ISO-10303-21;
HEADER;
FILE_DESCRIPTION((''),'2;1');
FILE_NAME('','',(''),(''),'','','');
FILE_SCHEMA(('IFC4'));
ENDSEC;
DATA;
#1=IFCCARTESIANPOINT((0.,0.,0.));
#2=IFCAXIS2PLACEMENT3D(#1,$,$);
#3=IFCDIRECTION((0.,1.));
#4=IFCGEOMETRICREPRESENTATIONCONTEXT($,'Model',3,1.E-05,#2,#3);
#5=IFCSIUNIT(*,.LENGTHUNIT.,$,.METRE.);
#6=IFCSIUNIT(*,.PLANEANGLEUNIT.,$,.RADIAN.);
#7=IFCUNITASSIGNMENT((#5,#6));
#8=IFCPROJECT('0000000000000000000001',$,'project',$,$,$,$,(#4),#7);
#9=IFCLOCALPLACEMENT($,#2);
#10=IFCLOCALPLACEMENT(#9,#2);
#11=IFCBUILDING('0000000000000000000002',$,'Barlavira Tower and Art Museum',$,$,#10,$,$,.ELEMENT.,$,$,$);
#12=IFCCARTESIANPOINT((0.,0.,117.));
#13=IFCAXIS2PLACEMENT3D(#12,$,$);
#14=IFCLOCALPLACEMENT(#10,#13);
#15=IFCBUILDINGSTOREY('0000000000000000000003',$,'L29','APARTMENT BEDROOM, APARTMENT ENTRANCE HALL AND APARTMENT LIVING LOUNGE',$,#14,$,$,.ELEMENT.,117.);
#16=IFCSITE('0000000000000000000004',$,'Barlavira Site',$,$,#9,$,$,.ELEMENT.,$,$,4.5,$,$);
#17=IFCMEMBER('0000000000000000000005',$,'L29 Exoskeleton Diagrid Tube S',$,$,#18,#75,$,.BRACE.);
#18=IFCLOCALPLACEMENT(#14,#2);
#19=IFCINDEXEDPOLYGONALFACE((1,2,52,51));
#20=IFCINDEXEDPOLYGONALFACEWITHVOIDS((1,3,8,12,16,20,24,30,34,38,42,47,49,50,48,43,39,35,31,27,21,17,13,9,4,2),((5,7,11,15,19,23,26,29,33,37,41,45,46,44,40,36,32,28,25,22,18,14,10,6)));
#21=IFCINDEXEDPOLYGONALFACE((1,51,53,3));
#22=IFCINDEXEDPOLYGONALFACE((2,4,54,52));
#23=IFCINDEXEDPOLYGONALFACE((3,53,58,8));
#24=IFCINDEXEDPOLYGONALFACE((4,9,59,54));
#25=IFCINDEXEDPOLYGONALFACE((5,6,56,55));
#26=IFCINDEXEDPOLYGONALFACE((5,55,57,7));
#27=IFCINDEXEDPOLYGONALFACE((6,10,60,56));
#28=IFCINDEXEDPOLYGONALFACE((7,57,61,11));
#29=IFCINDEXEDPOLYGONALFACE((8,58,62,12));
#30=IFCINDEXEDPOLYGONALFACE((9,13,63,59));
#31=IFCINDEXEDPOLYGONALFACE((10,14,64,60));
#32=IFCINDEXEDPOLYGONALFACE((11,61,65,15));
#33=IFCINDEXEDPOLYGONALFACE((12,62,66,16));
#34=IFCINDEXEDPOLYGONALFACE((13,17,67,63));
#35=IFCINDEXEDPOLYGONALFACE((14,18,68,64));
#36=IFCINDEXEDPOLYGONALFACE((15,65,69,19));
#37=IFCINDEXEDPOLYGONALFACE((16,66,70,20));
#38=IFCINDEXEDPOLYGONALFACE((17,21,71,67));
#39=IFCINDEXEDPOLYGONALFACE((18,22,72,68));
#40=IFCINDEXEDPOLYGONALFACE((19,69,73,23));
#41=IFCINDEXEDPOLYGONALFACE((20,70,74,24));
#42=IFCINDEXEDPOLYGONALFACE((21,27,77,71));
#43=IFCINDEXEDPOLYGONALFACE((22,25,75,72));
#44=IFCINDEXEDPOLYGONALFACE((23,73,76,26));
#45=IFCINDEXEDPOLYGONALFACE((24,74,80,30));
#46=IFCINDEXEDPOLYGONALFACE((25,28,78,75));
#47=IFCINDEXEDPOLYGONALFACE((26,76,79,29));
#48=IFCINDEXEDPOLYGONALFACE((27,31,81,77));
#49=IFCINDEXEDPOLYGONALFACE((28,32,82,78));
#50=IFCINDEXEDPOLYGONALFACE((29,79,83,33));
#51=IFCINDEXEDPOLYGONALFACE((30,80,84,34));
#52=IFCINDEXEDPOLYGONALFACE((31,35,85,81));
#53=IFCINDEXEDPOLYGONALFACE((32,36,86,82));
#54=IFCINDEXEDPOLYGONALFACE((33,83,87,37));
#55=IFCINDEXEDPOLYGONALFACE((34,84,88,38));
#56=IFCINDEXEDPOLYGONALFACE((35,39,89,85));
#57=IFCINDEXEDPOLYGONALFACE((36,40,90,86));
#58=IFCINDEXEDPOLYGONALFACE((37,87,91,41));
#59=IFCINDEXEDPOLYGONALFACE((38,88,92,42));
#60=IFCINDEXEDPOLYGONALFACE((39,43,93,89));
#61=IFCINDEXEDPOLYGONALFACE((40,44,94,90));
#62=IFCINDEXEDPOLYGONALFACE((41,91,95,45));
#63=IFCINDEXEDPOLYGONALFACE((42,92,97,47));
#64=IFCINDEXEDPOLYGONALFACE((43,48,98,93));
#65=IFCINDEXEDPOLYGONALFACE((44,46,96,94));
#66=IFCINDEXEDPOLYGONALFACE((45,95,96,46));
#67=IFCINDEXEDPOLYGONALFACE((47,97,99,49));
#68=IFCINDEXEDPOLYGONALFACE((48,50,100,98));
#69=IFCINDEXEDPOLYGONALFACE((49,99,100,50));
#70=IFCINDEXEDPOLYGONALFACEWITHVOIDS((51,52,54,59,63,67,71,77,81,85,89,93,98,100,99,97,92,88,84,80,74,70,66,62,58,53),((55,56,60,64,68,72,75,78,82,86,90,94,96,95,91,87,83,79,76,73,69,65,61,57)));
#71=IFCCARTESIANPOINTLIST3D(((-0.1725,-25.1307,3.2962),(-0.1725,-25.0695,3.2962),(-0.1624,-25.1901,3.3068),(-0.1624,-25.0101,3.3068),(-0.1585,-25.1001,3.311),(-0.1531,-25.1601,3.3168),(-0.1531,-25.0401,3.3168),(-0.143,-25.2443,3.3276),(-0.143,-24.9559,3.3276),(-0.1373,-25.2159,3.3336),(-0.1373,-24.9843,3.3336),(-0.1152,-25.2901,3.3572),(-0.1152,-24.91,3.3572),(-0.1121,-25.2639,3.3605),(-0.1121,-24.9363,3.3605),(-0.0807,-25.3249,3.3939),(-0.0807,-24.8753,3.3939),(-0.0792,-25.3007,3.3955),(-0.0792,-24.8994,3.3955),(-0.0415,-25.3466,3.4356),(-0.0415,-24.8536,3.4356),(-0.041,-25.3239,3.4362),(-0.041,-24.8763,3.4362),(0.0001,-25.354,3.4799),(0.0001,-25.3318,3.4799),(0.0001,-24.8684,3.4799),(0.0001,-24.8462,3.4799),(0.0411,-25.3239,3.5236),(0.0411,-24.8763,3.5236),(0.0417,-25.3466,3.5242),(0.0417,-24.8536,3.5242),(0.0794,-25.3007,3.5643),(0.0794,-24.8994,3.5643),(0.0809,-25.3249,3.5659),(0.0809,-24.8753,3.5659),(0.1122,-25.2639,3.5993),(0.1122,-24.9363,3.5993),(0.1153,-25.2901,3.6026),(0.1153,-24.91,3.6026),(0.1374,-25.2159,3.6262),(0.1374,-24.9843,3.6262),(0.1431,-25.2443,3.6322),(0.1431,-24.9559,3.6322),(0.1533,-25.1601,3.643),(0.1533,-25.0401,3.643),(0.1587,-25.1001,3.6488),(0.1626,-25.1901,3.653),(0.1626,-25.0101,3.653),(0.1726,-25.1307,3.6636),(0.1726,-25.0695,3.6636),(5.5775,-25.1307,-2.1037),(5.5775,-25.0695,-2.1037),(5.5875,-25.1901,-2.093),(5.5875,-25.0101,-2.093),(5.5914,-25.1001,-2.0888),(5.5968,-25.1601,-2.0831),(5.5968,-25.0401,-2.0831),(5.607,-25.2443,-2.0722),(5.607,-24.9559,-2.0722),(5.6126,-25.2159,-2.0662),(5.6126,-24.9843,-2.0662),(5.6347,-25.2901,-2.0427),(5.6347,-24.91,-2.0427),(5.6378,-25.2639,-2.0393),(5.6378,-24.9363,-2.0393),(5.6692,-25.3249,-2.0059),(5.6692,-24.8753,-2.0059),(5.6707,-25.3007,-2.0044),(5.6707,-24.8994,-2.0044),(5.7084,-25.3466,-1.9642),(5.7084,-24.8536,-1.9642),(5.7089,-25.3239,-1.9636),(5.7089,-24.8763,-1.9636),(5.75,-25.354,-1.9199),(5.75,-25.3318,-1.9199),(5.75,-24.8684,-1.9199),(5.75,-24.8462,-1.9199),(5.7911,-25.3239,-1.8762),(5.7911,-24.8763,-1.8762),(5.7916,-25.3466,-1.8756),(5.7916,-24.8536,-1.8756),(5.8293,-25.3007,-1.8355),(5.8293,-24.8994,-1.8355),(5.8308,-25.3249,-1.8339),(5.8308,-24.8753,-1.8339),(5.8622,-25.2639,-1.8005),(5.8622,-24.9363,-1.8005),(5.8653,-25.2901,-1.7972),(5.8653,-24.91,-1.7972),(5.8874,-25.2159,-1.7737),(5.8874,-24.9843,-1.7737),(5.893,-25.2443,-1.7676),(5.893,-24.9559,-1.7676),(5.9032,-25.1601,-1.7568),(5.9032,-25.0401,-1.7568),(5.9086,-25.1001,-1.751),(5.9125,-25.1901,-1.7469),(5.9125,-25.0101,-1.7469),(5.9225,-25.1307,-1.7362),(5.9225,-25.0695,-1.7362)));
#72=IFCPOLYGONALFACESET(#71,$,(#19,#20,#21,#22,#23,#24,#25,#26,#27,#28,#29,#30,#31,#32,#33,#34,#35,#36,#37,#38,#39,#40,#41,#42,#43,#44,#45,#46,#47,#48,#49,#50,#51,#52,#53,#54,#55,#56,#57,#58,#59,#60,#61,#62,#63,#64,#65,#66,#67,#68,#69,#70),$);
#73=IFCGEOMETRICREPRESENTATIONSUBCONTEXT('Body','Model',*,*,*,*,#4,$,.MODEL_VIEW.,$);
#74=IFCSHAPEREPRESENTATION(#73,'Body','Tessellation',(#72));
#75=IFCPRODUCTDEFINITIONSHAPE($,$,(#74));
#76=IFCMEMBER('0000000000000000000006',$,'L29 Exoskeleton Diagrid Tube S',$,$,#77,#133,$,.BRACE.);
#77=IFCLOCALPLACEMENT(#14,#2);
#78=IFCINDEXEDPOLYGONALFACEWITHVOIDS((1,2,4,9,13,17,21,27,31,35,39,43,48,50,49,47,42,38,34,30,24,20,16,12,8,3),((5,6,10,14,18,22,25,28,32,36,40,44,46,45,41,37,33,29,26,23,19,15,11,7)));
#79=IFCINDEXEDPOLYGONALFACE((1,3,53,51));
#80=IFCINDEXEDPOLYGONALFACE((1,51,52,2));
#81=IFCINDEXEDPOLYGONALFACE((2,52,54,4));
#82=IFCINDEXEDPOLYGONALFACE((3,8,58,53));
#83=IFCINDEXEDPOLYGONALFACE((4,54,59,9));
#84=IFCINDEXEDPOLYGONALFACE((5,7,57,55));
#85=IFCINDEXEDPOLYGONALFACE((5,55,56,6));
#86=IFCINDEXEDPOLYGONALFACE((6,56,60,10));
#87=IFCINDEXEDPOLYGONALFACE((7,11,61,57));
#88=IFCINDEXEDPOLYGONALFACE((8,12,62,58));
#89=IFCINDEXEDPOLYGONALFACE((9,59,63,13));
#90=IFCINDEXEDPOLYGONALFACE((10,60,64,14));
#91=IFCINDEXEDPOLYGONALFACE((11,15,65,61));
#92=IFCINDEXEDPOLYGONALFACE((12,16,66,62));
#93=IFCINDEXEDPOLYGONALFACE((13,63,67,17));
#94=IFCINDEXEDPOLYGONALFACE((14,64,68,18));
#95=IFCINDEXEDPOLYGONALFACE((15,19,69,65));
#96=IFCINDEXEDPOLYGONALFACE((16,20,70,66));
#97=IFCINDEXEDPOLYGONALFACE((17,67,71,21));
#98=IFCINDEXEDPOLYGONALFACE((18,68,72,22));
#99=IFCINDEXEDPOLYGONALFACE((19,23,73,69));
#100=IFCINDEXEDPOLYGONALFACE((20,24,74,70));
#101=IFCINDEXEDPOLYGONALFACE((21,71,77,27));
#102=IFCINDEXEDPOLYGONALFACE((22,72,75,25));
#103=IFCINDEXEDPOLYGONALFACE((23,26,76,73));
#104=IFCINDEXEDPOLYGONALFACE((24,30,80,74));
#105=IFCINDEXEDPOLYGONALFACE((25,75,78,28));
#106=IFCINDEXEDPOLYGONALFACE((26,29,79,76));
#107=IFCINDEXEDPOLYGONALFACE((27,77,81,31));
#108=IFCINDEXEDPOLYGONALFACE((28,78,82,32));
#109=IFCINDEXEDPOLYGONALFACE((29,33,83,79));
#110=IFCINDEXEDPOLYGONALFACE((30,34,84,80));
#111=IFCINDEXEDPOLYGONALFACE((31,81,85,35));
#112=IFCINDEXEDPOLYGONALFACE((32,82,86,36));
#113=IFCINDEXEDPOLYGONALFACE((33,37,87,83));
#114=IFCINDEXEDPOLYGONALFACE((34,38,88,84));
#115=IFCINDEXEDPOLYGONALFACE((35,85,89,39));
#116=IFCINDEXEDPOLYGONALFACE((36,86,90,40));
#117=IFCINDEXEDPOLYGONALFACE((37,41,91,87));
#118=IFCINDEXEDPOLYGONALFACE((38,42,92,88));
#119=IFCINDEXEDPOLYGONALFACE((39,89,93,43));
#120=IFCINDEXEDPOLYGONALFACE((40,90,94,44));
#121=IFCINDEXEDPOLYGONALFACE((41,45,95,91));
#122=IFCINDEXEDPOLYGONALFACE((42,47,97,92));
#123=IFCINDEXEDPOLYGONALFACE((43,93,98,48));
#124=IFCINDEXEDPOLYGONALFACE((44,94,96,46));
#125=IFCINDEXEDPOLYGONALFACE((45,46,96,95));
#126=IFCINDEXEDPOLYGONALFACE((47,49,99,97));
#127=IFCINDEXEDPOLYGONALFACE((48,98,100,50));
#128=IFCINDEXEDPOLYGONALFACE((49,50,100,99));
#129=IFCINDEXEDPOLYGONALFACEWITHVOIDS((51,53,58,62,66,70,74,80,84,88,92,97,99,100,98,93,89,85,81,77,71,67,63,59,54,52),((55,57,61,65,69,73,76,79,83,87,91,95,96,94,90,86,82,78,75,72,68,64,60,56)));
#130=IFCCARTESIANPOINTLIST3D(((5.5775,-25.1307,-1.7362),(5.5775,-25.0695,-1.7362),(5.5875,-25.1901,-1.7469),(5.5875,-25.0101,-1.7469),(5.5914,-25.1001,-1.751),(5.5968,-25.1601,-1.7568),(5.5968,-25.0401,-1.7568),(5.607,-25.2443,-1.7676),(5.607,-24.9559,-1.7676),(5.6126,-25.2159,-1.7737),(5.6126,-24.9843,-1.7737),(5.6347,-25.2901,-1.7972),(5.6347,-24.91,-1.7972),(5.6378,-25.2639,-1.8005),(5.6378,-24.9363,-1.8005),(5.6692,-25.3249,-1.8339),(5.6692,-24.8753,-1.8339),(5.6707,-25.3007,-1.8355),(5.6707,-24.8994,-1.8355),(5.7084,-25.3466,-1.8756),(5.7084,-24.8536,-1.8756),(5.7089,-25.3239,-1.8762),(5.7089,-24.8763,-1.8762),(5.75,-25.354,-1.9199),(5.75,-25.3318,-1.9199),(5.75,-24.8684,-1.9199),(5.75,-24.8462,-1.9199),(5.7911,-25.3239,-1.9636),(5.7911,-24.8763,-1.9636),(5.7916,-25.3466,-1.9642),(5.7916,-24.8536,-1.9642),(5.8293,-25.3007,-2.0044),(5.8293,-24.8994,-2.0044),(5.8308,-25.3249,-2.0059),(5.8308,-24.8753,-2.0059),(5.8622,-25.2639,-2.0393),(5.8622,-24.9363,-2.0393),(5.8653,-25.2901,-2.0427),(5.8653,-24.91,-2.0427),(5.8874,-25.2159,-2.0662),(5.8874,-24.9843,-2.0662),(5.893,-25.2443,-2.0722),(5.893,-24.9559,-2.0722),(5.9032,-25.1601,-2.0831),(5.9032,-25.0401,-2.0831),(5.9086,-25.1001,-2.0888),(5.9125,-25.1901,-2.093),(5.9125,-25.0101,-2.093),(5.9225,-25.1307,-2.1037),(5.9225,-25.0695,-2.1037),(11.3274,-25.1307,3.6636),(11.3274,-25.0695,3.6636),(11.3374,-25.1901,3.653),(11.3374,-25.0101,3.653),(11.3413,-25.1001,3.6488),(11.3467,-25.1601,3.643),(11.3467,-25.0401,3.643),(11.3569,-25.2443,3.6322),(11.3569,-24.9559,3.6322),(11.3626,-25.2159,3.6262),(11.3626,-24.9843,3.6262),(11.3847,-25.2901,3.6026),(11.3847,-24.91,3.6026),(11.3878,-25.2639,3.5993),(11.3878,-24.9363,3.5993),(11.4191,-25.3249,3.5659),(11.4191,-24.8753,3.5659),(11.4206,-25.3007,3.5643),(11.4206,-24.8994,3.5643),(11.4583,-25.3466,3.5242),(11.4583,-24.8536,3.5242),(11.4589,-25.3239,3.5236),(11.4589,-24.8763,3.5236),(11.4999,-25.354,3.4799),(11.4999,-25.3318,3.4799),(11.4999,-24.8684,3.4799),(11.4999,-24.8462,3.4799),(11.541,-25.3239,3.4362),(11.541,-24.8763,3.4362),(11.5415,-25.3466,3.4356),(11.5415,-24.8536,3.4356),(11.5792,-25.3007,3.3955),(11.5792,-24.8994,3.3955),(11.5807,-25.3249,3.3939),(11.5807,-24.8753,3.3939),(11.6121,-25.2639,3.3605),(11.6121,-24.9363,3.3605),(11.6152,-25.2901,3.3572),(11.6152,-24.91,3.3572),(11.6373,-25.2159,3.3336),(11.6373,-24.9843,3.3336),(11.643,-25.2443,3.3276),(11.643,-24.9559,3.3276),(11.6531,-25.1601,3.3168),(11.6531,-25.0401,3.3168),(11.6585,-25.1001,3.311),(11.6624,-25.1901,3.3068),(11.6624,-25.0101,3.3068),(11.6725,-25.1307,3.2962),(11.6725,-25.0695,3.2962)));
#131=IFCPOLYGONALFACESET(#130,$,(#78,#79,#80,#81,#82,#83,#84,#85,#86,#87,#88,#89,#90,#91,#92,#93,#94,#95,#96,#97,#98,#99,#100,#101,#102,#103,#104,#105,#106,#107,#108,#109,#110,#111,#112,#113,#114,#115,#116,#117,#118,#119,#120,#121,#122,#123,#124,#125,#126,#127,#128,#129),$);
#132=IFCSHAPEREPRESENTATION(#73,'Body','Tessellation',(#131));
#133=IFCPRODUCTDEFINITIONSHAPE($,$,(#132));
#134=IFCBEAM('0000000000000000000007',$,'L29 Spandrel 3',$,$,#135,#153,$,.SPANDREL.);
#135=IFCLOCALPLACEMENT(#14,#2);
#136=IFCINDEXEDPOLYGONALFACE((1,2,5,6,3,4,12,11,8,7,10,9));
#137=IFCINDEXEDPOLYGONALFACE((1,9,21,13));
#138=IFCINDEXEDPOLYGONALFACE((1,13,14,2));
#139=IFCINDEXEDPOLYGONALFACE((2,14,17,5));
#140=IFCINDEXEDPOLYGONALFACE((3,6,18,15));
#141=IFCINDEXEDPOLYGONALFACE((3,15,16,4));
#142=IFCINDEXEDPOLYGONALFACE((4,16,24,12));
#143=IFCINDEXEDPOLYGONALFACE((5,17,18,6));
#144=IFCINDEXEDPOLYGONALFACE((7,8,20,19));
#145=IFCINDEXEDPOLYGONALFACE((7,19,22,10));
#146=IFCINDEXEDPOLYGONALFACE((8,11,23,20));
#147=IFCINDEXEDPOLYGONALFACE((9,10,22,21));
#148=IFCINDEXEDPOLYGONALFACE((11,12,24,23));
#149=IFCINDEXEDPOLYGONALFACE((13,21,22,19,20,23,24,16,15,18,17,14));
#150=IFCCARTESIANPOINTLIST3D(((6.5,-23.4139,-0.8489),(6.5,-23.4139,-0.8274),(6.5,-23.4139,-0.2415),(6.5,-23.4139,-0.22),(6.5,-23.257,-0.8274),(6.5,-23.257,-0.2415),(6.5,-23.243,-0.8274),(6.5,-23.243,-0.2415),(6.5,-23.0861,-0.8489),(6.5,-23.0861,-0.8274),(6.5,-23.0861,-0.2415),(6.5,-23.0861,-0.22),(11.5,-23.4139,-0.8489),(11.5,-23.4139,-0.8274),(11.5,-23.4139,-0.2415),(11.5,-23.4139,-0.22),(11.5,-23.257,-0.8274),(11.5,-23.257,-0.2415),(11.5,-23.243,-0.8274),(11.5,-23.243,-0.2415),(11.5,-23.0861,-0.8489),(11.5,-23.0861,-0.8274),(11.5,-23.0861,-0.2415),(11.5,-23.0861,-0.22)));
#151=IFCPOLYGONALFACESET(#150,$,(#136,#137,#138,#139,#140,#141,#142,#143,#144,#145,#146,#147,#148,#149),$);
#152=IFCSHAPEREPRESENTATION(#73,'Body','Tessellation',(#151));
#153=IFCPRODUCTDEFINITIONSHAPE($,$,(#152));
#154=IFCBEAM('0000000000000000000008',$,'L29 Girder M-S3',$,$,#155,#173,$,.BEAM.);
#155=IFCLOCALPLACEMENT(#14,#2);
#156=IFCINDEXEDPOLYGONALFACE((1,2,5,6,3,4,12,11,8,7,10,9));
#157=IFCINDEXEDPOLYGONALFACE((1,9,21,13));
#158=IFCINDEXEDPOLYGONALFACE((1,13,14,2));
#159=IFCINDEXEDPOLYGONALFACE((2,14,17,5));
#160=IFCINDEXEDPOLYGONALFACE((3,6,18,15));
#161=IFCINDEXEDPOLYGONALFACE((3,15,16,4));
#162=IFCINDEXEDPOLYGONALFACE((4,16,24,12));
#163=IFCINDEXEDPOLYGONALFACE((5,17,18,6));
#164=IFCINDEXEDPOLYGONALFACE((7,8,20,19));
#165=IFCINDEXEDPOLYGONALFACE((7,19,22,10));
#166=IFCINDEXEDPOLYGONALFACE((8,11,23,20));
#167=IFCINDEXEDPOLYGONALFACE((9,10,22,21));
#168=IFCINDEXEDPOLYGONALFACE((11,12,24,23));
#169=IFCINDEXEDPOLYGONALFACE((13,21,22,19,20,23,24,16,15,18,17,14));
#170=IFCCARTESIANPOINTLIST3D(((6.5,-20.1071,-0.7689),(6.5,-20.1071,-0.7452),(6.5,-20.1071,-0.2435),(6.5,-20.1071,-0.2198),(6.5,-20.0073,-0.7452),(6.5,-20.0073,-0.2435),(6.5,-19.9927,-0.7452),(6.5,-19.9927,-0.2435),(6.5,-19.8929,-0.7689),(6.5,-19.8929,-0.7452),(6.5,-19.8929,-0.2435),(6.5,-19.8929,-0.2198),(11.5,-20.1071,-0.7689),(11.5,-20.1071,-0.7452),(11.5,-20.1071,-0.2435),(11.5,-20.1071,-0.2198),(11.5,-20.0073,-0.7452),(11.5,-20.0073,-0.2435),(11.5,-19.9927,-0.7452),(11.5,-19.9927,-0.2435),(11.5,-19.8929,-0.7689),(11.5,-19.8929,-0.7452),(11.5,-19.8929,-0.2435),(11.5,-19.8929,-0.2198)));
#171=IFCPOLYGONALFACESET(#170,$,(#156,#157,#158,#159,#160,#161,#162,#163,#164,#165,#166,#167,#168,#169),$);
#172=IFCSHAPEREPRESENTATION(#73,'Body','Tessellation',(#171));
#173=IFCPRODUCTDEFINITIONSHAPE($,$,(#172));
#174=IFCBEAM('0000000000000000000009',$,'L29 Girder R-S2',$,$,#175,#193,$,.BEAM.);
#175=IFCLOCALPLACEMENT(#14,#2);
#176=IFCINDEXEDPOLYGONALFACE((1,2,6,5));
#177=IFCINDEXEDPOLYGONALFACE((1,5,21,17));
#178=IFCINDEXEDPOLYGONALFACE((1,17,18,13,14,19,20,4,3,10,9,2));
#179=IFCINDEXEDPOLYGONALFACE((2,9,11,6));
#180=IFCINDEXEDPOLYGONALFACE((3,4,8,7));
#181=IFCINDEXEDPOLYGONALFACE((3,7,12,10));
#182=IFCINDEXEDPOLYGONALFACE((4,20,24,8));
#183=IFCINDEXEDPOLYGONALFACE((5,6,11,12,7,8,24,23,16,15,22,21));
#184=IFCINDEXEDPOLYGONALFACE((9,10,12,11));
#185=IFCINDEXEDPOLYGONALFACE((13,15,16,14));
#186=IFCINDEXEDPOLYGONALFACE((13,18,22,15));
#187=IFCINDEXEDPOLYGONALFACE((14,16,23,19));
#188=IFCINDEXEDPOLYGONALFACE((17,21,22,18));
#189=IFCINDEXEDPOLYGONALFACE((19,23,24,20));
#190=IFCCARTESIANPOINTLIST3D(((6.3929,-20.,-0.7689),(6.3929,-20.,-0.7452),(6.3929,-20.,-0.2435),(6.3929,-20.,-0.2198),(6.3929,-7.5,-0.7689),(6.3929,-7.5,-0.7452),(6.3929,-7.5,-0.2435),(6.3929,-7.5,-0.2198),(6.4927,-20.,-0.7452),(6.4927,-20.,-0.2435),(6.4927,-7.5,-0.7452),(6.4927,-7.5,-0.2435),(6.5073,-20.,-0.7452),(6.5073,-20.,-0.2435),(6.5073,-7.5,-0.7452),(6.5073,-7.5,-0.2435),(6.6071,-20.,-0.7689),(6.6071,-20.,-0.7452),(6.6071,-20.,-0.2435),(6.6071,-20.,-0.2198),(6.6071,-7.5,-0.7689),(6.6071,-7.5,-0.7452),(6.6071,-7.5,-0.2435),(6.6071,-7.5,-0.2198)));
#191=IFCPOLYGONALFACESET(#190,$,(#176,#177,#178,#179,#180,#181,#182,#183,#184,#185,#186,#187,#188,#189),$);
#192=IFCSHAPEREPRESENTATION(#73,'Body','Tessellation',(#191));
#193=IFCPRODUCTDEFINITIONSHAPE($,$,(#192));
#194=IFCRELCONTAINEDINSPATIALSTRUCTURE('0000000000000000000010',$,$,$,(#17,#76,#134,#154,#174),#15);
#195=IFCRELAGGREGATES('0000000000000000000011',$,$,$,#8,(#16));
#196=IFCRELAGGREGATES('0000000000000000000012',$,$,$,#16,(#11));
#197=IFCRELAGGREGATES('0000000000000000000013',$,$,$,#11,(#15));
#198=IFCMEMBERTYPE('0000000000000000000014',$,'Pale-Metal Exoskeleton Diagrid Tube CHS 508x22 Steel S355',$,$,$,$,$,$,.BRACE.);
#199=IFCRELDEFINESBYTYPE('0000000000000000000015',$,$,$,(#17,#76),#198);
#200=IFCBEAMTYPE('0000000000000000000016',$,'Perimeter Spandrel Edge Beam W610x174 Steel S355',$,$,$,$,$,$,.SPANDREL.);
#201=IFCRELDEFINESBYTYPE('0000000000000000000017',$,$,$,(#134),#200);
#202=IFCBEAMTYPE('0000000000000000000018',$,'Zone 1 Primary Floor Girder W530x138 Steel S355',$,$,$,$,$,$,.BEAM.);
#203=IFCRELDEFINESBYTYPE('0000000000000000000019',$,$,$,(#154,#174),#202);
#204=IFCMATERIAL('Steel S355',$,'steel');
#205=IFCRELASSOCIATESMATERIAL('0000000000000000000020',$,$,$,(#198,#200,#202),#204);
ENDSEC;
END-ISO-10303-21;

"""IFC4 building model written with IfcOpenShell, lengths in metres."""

from ifc_helpers import new_model, si_unit, direction, frame, origin, origin_2d, place, context, subcontext, project, spatial, hollow_circle, i_section, extrude, material, material_profile, profile_set, type_object, element, save


model = new_model("IFC4")

# Units and contexts
model_context = context("Model", 3, precision=1e-05, world=origin(), true_north=direction((0.0, 1.0)))
body_context = subcontext(model_context, "Body", "Model", "MODEL_VIEW")
ifc_project = project(units=[si_unit("LENGTHUNIT", "METRE"), si_unit("PLANEANGLEUNIT", "RADIAN")], contexts=[model_context])

# Site, building, storey
site_placement = place(None, origin())
site = spatial("IfcSite", under=ifc_project, at=site_placement, Name="Barlavira Site", CompositionType="ELEMENT", RefElevation=4.5)
building_placement = place(site_placement, origin())
building = spatial("IfcBuilding", under=site, at=building_placement, Name="Barlavira Tower and Art Museum", CompositionType="ELEMENT")
storey_placement = place(building_placement, frame((0.0, 0.0, 117.0)))
storey = spatial("IfcBuildingStorey", under=building, at=storey_placement, Name="L29", Description="APARTMENT BEDROOM, APARTMENT ENTRANCE HALL AND APARTMENT LIVING LOUNGE", CompositionType="ELEMENT", Elevation=117.0)

# Members
ifc_material_1 = material(Name="Steel S355", Category="steel")
ifc_material_profile_1 = material_profile(ifc_material_1, hollow_circle(Radius=0.2539, WallThickness=0.0222, at=origin_2d()), Name="CHS 508.0x22.2")
ifc_profile_set_1 = profile_set([ifc_material_profile_1], Name="Steel S355")
member_type_1 = type_object("IfcMemberType", Name="Pale-Metal Exoskeleton Diagrid Tube CHS 508x22 Steel S355", PredefinedType="BRACE", material=ifc_profile_set_1)
for number, where, z_axis, x_axis, name in (
    (1, (5.75, -25.1001, -1.9199), (-0.72895, 0.0, 0.684567), (0.0, -1.0, 0.0), "L29 Exoskeleton Diagrid Tube S"),
    (2, (5.75, -25.1001, -1.9199), (0.72895, 0.0, 0.684567), (0.0, 1.0, 0.0), "L29 Exoskeleton Diagrid Tube S"),
):
    element("IfcMember", number, at=place(storey_placement, frame(where, z_axis=z_axis, x_axis=x_axis)), inside=storey, type_object=member_type_1, Name=name, PredefinedType="BRACE", context=body_context, shape_type="SweptSolid", body=[
        extrude(hollow_circle(Radius=0.2539, WallThickness=0.0222, at=origin_2d()), origin(), (0.0, 0.0, 1.0), 7.8879),
    ])

# Beams
ifc_material_profile_2 = material_profile(ifc_material_1, i_section(OverallWidth=0.3279, OverallDepth=0.6289, WebThickness=0.0139, FlangeThickness=0.0215, at=origin_2d()), Name="W610x174.0")
ifc_profile_set_2 = profile_set([ifc_material_profile_2], Name="Steel S355")
beam_type_1 = type_object("IfcBeamType", Name="Perimeter Spandrel Edge Beam W610x174 Steel S355", PredefinedType="SPANDREL", material=ifc_profile_set_2)
beam_1_placement = place(storey_placement, frame((6.5, -23.25, -0.5344), z_axis=(1.0, 0.0, 0.0), x_axis=(0.0, 1.0, 0.0)))
element("IfcBeam", 3, at=beam_1_placement, inside=storey, type_object=beam_type_1, Name="L29 Spandrel 3", PredefinedType="SPANDREL", context=body_context, shape_type="SweptSolid", body=[
    extrude(i_section(OverallWidth=0.3279, OverallDepth=0.6289, WebThickness=0.0139, FlangeThickness=0.0215, at=origin_2d()), origin(), (0.0, 0.0, 1.0), 5.0),
])
ifc_material_profile_3 = material_profile(ifc_material_1, i_section(OverallWidth=0.2141, OverallDepth=0.5491, WebThickness=0.0146, FlangeThickness=0.0237, at=origin_2d()), Name="W530x138.0")
ifc_profile_set_3 = profile_set([ifc_material_profile_3], Name="Steel S355")
beam_type_2 = type_object("IfcBeamType", Name="Zone 1 Primary Floor Girder W530x138 Steel S355", PredefinedType="BEAM", material=ifc_profile_set_3)
beam_2_placement = place(storey_placement, frame((6.5, -20.0, -0.4944), z_axis=(1.0, 0.0, 0.0), x_axis=(0.0, 1.0, 0.0)))
element("IfcBeam", 4, at=beam_2_placement, inside=storey, type_object=beam_type_2, Name="L29 Girder M-S3", PredefinedType="BEAM", context=body_context, shape_type="SweptSolid", body=[
    extrude(i_section(OverallWidth=0.2141, OverallDepth=0.5491, WebThickness=0.0146, FlangeThickness=0.0237, at=origin_2d()), origin(), (0.0, 0.0, 1.0), 5.0),
])
beam_3_placement = place(storey_placement, frame((6.5, -20.0, -0.4944), z_axis=(0.0, 1.0, 0.0), x_axis=(-1.0, 0.0, 0.0)))
element("IfcBeam", 5, at=beam_3_placement, inside=storey, type_object=beam_type_2, Name="L29 Girder R-S2", PredefinedType="BEAM", context=body_context, shape_type="SweptSolid", body=[
    extrude(i_section(OverallWidth=0.2141, OverallDepth=0.5491, WebThickness=0.0146, FlangeThickness=0.0237, at=origin_2d()), origin(), (0.0, 0.0, 1.0), 12.5),
])

save(model, "model.ifc")
